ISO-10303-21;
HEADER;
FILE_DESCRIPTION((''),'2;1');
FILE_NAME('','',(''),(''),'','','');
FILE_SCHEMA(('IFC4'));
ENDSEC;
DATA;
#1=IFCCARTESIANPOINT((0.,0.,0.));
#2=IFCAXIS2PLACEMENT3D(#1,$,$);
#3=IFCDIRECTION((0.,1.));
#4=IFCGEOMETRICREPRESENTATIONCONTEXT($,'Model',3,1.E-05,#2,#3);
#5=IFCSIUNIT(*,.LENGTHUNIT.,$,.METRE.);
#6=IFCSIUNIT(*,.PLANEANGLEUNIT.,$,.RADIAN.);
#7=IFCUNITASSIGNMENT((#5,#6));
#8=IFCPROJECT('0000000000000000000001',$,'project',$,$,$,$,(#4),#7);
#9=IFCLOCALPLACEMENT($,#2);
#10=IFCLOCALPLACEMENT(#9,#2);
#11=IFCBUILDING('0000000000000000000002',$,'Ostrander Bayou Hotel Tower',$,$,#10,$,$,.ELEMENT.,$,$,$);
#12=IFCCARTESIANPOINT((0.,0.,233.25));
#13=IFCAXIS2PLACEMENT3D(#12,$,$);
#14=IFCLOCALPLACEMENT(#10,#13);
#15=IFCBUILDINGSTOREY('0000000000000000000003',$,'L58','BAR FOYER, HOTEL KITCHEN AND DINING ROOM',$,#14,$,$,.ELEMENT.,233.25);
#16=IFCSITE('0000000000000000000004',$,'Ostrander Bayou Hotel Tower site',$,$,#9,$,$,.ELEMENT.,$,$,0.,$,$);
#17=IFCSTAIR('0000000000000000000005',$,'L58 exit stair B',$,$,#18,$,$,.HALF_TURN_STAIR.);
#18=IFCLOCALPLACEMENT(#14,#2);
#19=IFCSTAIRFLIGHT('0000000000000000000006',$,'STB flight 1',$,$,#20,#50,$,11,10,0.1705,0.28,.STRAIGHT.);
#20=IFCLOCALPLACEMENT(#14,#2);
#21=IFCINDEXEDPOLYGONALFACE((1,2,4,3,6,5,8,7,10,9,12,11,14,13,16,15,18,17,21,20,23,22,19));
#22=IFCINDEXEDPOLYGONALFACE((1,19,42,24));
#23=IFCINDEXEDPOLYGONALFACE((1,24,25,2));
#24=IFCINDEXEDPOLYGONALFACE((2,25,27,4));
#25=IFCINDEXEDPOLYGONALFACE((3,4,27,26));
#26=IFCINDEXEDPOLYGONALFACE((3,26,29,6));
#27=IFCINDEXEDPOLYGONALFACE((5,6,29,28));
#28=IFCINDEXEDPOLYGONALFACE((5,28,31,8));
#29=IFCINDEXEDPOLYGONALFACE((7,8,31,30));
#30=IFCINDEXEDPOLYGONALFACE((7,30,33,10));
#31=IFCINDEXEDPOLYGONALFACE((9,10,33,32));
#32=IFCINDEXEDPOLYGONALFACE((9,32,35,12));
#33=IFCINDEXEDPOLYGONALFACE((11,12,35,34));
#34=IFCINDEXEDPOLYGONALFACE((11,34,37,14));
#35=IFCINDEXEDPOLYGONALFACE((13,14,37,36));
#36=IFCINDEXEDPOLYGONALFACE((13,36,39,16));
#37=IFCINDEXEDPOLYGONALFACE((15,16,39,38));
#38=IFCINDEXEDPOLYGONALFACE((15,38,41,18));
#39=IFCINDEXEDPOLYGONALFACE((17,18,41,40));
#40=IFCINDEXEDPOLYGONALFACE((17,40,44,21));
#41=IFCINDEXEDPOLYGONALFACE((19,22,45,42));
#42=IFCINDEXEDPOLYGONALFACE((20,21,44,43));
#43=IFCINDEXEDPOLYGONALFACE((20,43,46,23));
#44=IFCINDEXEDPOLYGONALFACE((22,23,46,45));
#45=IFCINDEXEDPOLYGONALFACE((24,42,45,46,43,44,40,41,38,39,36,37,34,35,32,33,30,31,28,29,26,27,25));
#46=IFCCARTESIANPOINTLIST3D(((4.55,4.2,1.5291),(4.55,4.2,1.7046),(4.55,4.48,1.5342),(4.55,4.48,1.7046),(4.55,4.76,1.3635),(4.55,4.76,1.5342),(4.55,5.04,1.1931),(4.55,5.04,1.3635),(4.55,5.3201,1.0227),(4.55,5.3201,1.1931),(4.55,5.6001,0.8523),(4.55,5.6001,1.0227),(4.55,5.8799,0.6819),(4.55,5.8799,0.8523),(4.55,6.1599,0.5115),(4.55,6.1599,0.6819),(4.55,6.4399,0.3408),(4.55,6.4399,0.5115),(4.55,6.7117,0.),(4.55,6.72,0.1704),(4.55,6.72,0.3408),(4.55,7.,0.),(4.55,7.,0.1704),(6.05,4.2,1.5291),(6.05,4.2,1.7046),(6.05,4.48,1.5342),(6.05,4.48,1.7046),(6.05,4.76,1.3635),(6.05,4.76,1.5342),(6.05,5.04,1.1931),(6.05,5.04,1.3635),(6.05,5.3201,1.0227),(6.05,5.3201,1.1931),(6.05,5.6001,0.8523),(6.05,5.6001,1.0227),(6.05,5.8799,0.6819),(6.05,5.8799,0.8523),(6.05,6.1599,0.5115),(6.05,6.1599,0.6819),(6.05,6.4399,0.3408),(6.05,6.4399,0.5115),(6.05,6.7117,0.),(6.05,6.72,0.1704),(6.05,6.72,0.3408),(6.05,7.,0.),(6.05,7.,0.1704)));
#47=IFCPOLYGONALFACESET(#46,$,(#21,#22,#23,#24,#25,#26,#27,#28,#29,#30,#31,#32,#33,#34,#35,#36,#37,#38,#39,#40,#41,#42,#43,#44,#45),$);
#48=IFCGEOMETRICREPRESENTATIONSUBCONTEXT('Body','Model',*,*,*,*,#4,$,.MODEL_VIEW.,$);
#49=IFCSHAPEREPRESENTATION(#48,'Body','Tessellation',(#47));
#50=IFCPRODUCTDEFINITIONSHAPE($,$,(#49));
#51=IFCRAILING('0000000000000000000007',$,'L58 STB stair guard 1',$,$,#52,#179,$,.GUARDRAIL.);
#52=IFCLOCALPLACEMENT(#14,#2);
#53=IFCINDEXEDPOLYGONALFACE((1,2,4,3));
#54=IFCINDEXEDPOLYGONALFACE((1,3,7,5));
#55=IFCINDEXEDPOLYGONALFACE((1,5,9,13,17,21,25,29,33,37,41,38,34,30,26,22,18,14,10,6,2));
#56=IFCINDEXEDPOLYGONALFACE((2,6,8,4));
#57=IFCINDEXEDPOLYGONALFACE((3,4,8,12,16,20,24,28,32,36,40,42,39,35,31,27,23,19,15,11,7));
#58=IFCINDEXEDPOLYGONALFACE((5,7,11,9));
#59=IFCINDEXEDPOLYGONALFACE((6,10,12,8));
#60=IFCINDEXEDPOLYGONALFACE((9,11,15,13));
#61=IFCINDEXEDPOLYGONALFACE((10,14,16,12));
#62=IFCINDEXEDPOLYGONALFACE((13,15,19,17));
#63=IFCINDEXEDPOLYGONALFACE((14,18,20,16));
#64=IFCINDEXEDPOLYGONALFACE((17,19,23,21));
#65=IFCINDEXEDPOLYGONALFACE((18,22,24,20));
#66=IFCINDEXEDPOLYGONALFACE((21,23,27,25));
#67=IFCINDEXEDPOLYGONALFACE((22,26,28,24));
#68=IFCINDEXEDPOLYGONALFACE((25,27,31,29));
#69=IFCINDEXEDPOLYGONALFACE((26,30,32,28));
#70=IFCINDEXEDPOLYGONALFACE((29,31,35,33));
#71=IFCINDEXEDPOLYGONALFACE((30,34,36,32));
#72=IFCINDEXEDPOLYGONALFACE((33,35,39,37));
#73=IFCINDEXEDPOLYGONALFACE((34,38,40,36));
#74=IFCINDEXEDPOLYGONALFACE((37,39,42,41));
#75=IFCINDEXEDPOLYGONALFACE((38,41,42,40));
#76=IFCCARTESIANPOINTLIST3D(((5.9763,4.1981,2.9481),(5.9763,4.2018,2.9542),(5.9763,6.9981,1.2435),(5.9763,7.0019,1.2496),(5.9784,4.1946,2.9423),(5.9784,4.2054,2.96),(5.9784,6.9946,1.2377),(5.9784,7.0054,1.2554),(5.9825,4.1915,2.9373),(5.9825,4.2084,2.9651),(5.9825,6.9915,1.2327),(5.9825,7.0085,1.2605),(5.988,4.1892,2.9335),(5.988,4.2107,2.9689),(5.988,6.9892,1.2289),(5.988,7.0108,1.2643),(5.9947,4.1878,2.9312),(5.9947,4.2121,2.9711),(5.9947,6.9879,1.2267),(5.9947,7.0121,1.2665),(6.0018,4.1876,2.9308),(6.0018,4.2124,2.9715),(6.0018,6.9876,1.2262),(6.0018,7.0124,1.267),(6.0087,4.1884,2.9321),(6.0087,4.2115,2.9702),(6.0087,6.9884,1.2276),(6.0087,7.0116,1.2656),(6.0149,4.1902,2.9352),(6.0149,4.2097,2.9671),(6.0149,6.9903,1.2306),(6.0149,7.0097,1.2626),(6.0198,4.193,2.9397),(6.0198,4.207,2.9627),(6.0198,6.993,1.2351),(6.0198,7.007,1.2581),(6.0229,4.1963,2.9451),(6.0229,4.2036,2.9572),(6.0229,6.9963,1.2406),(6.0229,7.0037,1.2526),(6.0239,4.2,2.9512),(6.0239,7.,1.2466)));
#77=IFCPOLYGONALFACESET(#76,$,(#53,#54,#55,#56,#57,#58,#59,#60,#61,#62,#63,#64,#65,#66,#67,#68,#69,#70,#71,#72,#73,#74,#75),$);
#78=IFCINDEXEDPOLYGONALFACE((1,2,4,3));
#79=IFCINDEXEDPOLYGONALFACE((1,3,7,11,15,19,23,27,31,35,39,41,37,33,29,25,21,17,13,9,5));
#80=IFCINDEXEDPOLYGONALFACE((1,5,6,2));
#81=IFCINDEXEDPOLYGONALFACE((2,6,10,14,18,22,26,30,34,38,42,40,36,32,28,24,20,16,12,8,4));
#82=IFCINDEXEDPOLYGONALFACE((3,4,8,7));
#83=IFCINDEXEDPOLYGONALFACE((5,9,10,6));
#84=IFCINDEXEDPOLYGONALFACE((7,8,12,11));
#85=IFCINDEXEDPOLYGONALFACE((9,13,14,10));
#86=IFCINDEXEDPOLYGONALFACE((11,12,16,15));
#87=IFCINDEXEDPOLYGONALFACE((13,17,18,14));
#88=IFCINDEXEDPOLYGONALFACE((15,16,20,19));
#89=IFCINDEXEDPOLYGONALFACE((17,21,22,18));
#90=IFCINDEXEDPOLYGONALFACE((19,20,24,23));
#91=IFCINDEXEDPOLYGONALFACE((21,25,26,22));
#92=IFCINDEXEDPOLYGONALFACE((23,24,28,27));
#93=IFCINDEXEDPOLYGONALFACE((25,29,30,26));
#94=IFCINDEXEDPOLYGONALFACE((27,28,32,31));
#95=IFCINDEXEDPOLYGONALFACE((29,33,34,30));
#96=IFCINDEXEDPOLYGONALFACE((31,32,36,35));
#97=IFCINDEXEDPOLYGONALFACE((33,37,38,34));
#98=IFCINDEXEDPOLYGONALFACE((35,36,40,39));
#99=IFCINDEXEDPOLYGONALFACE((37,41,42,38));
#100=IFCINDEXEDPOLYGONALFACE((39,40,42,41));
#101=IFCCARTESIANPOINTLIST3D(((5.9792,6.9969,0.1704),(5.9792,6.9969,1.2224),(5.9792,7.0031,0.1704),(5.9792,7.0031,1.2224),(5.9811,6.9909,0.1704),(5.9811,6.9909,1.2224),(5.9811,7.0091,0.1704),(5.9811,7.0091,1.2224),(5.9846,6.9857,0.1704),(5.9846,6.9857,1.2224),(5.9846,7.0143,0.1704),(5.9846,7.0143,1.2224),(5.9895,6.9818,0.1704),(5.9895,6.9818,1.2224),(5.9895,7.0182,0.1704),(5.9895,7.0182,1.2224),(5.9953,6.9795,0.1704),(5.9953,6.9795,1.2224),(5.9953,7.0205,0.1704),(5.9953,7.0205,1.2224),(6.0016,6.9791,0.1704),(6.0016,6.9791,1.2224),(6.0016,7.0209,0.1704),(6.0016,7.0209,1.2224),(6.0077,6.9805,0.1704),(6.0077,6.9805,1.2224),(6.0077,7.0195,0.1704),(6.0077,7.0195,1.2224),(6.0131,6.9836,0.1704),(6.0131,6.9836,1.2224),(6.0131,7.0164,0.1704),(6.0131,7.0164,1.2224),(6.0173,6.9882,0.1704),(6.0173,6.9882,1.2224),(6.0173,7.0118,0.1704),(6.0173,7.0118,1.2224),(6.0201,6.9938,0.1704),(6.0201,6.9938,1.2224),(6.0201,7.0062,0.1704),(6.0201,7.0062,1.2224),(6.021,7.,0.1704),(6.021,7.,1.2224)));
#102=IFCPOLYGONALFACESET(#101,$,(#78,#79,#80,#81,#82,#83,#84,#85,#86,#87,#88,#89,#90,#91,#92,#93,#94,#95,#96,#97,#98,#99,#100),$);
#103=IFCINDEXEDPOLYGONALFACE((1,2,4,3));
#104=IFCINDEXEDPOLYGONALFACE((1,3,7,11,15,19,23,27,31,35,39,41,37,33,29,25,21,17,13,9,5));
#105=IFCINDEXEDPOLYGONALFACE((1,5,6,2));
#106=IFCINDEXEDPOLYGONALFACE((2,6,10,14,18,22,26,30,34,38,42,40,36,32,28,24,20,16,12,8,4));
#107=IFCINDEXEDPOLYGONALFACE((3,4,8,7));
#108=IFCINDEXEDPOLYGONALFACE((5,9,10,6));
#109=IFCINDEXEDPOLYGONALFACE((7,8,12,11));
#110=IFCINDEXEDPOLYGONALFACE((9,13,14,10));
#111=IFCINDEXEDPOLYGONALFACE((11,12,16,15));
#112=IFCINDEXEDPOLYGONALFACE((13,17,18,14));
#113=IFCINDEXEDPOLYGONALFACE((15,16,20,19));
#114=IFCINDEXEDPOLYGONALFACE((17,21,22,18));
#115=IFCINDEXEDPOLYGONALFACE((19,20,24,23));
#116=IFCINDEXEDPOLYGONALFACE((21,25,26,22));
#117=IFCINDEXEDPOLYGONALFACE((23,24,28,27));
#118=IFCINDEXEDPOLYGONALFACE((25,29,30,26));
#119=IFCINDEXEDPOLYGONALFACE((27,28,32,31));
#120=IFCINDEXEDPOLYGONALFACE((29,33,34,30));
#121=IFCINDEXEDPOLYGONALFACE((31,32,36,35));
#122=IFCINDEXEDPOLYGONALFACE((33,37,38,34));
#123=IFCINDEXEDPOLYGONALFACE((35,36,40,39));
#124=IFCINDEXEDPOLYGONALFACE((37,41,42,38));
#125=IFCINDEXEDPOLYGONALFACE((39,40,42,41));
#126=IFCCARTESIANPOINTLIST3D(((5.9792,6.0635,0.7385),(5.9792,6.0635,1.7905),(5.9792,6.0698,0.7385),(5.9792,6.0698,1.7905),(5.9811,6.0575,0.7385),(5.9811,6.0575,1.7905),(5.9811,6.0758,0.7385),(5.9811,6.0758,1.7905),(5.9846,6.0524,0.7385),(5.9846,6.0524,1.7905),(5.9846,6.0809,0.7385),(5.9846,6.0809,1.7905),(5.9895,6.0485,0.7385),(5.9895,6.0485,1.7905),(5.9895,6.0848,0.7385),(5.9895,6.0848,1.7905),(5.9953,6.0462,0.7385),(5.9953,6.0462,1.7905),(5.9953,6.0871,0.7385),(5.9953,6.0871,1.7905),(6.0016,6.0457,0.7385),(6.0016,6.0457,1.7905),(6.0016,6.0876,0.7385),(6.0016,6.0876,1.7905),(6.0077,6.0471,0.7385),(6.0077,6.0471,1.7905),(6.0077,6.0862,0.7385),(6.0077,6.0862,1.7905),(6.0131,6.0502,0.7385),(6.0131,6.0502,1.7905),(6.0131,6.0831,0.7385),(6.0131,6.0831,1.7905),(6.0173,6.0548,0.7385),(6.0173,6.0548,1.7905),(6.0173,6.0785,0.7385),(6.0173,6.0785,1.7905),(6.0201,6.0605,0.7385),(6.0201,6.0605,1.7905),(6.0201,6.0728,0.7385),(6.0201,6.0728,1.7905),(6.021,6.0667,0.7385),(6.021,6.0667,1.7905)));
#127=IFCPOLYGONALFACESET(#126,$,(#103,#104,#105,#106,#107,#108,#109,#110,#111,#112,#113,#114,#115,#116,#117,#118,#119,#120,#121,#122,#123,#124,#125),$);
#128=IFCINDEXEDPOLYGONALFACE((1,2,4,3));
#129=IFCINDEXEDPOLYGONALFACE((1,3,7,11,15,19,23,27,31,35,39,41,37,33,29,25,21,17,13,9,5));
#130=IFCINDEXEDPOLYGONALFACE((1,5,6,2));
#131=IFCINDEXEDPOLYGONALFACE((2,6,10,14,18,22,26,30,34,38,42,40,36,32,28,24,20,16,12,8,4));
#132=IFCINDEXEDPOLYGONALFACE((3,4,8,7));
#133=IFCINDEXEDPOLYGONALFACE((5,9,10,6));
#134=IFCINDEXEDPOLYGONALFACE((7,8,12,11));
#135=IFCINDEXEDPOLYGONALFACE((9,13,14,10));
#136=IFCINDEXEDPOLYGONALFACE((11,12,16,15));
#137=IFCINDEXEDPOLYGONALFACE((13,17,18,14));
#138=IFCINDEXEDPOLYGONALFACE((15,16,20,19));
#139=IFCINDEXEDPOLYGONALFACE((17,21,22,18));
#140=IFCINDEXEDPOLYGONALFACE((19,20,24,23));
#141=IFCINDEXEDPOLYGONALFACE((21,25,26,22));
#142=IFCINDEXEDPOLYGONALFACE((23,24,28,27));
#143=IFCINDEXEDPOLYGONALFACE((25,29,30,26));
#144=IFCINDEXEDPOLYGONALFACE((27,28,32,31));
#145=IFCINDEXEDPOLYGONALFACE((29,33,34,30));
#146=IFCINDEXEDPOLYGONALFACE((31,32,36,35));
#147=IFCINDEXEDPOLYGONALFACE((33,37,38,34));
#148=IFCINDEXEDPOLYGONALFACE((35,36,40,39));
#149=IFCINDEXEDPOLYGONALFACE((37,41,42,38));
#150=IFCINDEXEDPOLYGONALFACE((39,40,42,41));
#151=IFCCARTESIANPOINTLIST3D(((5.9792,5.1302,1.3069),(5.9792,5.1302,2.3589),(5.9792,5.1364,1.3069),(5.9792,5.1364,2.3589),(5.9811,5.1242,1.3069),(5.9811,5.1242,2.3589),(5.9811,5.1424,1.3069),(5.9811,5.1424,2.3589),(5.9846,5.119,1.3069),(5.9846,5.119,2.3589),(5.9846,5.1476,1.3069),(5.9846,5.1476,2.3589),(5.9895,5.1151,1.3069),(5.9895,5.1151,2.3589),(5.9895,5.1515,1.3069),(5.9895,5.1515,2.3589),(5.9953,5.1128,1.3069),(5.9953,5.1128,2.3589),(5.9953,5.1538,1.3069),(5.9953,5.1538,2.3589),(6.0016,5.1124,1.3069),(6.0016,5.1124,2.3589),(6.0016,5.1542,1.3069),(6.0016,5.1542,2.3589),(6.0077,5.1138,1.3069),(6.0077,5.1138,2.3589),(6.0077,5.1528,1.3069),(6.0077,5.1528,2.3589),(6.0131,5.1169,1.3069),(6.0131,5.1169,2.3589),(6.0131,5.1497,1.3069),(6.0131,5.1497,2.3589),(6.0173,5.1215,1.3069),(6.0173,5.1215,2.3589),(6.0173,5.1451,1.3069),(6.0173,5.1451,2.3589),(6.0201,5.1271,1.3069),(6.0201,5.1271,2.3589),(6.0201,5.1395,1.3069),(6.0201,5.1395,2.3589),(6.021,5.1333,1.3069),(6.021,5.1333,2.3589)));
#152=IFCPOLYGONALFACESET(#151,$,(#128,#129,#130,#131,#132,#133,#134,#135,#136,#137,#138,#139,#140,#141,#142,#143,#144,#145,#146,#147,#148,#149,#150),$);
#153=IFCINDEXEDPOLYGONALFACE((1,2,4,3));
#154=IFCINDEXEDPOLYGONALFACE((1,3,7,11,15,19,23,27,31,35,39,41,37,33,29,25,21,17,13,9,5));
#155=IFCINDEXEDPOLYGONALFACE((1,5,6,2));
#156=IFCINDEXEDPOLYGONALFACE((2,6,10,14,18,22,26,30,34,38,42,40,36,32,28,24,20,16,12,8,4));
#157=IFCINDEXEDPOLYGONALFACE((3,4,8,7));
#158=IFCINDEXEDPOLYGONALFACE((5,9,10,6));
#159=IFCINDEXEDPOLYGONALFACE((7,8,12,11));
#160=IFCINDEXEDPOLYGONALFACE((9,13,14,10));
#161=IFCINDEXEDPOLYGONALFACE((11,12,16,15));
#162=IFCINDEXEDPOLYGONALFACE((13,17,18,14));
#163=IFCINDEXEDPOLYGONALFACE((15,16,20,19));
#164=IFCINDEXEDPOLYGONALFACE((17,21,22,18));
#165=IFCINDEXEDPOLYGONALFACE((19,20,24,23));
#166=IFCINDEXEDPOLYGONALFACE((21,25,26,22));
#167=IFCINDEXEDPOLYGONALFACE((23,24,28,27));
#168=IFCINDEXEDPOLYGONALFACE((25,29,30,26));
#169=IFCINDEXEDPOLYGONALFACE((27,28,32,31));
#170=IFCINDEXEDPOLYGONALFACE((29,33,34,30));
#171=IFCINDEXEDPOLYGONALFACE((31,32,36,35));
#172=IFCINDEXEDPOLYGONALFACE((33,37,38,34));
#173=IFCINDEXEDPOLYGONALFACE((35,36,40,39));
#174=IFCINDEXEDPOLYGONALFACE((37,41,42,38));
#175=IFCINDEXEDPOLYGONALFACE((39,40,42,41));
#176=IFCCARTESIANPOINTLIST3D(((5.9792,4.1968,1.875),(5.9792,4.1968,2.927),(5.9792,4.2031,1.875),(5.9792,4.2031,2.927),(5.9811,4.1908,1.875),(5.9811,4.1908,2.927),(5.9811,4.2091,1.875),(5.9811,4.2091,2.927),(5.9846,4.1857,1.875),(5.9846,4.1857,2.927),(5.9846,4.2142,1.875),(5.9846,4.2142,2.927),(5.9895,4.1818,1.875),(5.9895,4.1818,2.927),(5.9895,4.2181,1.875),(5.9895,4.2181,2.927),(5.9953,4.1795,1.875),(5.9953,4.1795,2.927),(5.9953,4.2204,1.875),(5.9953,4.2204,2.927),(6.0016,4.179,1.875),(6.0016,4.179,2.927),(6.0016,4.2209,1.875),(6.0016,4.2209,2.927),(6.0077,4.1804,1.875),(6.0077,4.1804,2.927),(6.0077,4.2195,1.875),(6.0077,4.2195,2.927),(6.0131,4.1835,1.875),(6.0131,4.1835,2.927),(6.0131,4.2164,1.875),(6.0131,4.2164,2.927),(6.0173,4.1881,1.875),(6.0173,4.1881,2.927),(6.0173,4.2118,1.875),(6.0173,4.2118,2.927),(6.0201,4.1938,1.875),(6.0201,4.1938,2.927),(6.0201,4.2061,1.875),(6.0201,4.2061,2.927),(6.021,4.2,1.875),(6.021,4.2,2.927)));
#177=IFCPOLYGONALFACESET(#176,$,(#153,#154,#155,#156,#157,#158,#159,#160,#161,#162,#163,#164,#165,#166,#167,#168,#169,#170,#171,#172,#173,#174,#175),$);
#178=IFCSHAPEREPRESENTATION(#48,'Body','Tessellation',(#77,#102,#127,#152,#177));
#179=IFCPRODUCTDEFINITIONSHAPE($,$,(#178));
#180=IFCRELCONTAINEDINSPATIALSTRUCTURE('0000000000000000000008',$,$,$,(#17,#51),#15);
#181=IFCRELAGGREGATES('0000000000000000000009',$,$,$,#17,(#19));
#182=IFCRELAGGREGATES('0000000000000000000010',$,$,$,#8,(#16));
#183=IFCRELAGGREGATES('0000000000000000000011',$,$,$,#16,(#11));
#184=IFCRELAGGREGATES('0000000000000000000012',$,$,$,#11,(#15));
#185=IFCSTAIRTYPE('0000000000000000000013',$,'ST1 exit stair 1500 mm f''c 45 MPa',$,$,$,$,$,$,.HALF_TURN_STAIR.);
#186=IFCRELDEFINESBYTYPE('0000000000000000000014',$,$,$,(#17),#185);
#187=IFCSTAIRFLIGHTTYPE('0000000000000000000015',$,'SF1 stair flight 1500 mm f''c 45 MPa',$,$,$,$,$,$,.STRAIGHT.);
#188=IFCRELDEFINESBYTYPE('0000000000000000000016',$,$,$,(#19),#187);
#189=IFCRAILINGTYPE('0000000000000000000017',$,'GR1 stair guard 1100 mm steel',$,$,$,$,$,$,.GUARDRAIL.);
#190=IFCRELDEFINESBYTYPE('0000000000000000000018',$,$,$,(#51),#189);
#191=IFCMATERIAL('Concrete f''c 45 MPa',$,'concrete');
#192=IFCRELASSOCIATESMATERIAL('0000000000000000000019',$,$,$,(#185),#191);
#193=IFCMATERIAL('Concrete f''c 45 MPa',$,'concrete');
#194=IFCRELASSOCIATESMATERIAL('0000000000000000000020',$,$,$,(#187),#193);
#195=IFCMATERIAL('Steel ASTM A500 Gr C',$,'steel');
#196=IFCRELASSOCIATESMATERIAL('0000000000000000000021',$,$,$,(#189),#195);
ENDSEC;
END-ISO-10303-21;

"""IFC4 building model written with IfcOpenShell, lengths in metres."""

from ifc_helpers import new_model, si_unit, direction, frame, origin, origin_2d, place, context, subcontext, project, spatial, polyline, circle, outline, extrude, material, type_object, element, aggregate, save


model = new_model("IFC4")

# Units and contexts
model_context = context("Model", 3, precision=1e-05, world=origin(), true_north=direction((0.0, 1.0)))
body_context = subcontext(model_context, "Body", "Model", "MODEL_VIEW")
ifc_project = project(units=[si_unit("LENGTHUNIT", "METRE"), si_unit("PLANEANGLEUNIT", "RADIAN")], contexts=[model_context])

# Site, building, storey
site_placement = place(None, origin())
site = spatial("IfcSite", under=ifc_project, at=site_placement, Name="Ostrander Bayou Hotel Tower site", CompositionType="ELEMENT", RefElevation=0.0)
building_placement = place(site_placement, origin())
building = spatial("IfcBuilding", under=site, at=building_placement, Name="Ostrander Bayou Hotel Tower", CompositionType="ELEMENT")
storey_placement = place(building_placement, frame((0.0, 0.0, 233.25)))
storey = spatial("IfcBuildingStorey", under=building, at=storey_placement, Name="L58", Description="BAR FOYER, HOTEL KITCHEN AND DINING ROOM", CompositionType="ELEMENT", Elevation=233.25)

# Stair, stair flight
ifc_material_1 = material(Name="Concrete f'c 45 MPa", Category="concrete")
stair_type = type_object("IfcStairType", Name="ST1 exit stair 1500 mm f'c 45 MPa", PredefinedType="HALF_TURN_STAIR", material=ifc_material_1)
stair_placement = place(storey_placement, origin())
stair = element("IfcStair", 1, at=stair_placement, inside=storey, type_object=stair_type, Name="L58 exit stair B", PredefinedType="HALF_TURN_STAIR")
ifc_material_2 = material(Name="Concrete f'c 45 MPa", Category="concrete")
stair_flight_type = type_object("IfcStairFlightType", Name="SF1 stair flight 1500 mm f'c 45 MPa", PredefinedType="STRAIGHT", material=ifc_material_2)
stair_flight_placement = place(storey_placement, frame((5.3, 7.0, 0.0), z_axis=(0.0, 0.0, 1.0), x_axis=(0.0, -1.0, 0.0)))
stair_flight = element("IfcStairFlight", 2, at=stair_flight_placement, type_object=stair_flight_type, Name="STB flight 1", NumberOfRisers=11, NumberOfTreads=10, PredefinedType="STRAIGHT", RiserHeight=0.1705, TreadLength=0.28, context=body_context, shape_type="SweptSolid", body=[
    extrude(outline(polyline([(0.0, 0.0), (0.0, 0.1704), (0.28, 0.1704), (0.28, 0.3408), (0.5601, 0.3408), (0.5601, 0.5115), (0.8401, 0.5115), (0.8401, 0.6819), (1.1201, 0.6819), (1.1201, 0.8523), (1.3999, 0.8523), (1.3999, 1.0227), (1.6799, 1.0227), (1.6799, 1.1931), (1.96, 1.1931), (1.96, 1.3635), (2.24, 1.3635), (2.24, 1.5342), (2.52, 1.5342), (2.52, 1.7046), (2.8, 1.7046), (2.8, 1.875), (2.8, 1.5291), (0.2883, 0.0), (0.0, 0.0)])), frame((0.0, 0.75, 0.0), z_axis=(0.0, -1.0, 0.0), x_axis=(1.0, 0.0, 0.0)), (0.0, 0.0, 1.0), 1.5),
])
aggregate(stair, [stair_flight])

# Railing
ifc_material_3 = material(Name="Steel ASTM A500 Gr C", Category="steel")
railing_type_1 = type_object("IfcRailingType", Name="GR1 stair guard 1100 mm steel", PredefinedType="GUARDRAIL", material=ifc_material_3)
railing_1_placement = place(storey_placement, frame((6.0, 7.0, 0.1704)))
element("IfcRailing", 3, at=railing_1_placement, inside=storey, type_object=railing_type_1, Name="L58 STB stair guard 1", PredefinedType="GUARDRAIL", context=body_context, shape_type="SweptSolid", body=[
    extrude(circle(Radius=0.0239, at=origin_2d()), frame((0.0, 0.0, 1.0762), z_axis=(0.0, -0.85417, 0.519994), x_axis=(1.0, 0.0, 0.0)), (0.0, 0.0, 1.0), 3.2781),
    extrude(circle(Radius=0.021, at=origin_2d()), origin(), (0.0, 0.0, 1.0), 1.052),
    extrude(circle(Radius=0.021, at=origin_2d()), frame((0.0, -0.9333, 0.5681)), (0.0, 0.0, 1.0), 1.052),
    extrude(circle(Radius=0.021, at=origin_2d()), frame((0.0, -1.8667, 1.1365)), (0.0, 0.0, 1.0), 1.052),
    extrude(circle(Radius=0.021, at=origin_2d()), frame((0.0, -2.8, 1.7046)), (0.0, 0.0, 1.0), 1.052),
])

save(model, "model.ifc")
